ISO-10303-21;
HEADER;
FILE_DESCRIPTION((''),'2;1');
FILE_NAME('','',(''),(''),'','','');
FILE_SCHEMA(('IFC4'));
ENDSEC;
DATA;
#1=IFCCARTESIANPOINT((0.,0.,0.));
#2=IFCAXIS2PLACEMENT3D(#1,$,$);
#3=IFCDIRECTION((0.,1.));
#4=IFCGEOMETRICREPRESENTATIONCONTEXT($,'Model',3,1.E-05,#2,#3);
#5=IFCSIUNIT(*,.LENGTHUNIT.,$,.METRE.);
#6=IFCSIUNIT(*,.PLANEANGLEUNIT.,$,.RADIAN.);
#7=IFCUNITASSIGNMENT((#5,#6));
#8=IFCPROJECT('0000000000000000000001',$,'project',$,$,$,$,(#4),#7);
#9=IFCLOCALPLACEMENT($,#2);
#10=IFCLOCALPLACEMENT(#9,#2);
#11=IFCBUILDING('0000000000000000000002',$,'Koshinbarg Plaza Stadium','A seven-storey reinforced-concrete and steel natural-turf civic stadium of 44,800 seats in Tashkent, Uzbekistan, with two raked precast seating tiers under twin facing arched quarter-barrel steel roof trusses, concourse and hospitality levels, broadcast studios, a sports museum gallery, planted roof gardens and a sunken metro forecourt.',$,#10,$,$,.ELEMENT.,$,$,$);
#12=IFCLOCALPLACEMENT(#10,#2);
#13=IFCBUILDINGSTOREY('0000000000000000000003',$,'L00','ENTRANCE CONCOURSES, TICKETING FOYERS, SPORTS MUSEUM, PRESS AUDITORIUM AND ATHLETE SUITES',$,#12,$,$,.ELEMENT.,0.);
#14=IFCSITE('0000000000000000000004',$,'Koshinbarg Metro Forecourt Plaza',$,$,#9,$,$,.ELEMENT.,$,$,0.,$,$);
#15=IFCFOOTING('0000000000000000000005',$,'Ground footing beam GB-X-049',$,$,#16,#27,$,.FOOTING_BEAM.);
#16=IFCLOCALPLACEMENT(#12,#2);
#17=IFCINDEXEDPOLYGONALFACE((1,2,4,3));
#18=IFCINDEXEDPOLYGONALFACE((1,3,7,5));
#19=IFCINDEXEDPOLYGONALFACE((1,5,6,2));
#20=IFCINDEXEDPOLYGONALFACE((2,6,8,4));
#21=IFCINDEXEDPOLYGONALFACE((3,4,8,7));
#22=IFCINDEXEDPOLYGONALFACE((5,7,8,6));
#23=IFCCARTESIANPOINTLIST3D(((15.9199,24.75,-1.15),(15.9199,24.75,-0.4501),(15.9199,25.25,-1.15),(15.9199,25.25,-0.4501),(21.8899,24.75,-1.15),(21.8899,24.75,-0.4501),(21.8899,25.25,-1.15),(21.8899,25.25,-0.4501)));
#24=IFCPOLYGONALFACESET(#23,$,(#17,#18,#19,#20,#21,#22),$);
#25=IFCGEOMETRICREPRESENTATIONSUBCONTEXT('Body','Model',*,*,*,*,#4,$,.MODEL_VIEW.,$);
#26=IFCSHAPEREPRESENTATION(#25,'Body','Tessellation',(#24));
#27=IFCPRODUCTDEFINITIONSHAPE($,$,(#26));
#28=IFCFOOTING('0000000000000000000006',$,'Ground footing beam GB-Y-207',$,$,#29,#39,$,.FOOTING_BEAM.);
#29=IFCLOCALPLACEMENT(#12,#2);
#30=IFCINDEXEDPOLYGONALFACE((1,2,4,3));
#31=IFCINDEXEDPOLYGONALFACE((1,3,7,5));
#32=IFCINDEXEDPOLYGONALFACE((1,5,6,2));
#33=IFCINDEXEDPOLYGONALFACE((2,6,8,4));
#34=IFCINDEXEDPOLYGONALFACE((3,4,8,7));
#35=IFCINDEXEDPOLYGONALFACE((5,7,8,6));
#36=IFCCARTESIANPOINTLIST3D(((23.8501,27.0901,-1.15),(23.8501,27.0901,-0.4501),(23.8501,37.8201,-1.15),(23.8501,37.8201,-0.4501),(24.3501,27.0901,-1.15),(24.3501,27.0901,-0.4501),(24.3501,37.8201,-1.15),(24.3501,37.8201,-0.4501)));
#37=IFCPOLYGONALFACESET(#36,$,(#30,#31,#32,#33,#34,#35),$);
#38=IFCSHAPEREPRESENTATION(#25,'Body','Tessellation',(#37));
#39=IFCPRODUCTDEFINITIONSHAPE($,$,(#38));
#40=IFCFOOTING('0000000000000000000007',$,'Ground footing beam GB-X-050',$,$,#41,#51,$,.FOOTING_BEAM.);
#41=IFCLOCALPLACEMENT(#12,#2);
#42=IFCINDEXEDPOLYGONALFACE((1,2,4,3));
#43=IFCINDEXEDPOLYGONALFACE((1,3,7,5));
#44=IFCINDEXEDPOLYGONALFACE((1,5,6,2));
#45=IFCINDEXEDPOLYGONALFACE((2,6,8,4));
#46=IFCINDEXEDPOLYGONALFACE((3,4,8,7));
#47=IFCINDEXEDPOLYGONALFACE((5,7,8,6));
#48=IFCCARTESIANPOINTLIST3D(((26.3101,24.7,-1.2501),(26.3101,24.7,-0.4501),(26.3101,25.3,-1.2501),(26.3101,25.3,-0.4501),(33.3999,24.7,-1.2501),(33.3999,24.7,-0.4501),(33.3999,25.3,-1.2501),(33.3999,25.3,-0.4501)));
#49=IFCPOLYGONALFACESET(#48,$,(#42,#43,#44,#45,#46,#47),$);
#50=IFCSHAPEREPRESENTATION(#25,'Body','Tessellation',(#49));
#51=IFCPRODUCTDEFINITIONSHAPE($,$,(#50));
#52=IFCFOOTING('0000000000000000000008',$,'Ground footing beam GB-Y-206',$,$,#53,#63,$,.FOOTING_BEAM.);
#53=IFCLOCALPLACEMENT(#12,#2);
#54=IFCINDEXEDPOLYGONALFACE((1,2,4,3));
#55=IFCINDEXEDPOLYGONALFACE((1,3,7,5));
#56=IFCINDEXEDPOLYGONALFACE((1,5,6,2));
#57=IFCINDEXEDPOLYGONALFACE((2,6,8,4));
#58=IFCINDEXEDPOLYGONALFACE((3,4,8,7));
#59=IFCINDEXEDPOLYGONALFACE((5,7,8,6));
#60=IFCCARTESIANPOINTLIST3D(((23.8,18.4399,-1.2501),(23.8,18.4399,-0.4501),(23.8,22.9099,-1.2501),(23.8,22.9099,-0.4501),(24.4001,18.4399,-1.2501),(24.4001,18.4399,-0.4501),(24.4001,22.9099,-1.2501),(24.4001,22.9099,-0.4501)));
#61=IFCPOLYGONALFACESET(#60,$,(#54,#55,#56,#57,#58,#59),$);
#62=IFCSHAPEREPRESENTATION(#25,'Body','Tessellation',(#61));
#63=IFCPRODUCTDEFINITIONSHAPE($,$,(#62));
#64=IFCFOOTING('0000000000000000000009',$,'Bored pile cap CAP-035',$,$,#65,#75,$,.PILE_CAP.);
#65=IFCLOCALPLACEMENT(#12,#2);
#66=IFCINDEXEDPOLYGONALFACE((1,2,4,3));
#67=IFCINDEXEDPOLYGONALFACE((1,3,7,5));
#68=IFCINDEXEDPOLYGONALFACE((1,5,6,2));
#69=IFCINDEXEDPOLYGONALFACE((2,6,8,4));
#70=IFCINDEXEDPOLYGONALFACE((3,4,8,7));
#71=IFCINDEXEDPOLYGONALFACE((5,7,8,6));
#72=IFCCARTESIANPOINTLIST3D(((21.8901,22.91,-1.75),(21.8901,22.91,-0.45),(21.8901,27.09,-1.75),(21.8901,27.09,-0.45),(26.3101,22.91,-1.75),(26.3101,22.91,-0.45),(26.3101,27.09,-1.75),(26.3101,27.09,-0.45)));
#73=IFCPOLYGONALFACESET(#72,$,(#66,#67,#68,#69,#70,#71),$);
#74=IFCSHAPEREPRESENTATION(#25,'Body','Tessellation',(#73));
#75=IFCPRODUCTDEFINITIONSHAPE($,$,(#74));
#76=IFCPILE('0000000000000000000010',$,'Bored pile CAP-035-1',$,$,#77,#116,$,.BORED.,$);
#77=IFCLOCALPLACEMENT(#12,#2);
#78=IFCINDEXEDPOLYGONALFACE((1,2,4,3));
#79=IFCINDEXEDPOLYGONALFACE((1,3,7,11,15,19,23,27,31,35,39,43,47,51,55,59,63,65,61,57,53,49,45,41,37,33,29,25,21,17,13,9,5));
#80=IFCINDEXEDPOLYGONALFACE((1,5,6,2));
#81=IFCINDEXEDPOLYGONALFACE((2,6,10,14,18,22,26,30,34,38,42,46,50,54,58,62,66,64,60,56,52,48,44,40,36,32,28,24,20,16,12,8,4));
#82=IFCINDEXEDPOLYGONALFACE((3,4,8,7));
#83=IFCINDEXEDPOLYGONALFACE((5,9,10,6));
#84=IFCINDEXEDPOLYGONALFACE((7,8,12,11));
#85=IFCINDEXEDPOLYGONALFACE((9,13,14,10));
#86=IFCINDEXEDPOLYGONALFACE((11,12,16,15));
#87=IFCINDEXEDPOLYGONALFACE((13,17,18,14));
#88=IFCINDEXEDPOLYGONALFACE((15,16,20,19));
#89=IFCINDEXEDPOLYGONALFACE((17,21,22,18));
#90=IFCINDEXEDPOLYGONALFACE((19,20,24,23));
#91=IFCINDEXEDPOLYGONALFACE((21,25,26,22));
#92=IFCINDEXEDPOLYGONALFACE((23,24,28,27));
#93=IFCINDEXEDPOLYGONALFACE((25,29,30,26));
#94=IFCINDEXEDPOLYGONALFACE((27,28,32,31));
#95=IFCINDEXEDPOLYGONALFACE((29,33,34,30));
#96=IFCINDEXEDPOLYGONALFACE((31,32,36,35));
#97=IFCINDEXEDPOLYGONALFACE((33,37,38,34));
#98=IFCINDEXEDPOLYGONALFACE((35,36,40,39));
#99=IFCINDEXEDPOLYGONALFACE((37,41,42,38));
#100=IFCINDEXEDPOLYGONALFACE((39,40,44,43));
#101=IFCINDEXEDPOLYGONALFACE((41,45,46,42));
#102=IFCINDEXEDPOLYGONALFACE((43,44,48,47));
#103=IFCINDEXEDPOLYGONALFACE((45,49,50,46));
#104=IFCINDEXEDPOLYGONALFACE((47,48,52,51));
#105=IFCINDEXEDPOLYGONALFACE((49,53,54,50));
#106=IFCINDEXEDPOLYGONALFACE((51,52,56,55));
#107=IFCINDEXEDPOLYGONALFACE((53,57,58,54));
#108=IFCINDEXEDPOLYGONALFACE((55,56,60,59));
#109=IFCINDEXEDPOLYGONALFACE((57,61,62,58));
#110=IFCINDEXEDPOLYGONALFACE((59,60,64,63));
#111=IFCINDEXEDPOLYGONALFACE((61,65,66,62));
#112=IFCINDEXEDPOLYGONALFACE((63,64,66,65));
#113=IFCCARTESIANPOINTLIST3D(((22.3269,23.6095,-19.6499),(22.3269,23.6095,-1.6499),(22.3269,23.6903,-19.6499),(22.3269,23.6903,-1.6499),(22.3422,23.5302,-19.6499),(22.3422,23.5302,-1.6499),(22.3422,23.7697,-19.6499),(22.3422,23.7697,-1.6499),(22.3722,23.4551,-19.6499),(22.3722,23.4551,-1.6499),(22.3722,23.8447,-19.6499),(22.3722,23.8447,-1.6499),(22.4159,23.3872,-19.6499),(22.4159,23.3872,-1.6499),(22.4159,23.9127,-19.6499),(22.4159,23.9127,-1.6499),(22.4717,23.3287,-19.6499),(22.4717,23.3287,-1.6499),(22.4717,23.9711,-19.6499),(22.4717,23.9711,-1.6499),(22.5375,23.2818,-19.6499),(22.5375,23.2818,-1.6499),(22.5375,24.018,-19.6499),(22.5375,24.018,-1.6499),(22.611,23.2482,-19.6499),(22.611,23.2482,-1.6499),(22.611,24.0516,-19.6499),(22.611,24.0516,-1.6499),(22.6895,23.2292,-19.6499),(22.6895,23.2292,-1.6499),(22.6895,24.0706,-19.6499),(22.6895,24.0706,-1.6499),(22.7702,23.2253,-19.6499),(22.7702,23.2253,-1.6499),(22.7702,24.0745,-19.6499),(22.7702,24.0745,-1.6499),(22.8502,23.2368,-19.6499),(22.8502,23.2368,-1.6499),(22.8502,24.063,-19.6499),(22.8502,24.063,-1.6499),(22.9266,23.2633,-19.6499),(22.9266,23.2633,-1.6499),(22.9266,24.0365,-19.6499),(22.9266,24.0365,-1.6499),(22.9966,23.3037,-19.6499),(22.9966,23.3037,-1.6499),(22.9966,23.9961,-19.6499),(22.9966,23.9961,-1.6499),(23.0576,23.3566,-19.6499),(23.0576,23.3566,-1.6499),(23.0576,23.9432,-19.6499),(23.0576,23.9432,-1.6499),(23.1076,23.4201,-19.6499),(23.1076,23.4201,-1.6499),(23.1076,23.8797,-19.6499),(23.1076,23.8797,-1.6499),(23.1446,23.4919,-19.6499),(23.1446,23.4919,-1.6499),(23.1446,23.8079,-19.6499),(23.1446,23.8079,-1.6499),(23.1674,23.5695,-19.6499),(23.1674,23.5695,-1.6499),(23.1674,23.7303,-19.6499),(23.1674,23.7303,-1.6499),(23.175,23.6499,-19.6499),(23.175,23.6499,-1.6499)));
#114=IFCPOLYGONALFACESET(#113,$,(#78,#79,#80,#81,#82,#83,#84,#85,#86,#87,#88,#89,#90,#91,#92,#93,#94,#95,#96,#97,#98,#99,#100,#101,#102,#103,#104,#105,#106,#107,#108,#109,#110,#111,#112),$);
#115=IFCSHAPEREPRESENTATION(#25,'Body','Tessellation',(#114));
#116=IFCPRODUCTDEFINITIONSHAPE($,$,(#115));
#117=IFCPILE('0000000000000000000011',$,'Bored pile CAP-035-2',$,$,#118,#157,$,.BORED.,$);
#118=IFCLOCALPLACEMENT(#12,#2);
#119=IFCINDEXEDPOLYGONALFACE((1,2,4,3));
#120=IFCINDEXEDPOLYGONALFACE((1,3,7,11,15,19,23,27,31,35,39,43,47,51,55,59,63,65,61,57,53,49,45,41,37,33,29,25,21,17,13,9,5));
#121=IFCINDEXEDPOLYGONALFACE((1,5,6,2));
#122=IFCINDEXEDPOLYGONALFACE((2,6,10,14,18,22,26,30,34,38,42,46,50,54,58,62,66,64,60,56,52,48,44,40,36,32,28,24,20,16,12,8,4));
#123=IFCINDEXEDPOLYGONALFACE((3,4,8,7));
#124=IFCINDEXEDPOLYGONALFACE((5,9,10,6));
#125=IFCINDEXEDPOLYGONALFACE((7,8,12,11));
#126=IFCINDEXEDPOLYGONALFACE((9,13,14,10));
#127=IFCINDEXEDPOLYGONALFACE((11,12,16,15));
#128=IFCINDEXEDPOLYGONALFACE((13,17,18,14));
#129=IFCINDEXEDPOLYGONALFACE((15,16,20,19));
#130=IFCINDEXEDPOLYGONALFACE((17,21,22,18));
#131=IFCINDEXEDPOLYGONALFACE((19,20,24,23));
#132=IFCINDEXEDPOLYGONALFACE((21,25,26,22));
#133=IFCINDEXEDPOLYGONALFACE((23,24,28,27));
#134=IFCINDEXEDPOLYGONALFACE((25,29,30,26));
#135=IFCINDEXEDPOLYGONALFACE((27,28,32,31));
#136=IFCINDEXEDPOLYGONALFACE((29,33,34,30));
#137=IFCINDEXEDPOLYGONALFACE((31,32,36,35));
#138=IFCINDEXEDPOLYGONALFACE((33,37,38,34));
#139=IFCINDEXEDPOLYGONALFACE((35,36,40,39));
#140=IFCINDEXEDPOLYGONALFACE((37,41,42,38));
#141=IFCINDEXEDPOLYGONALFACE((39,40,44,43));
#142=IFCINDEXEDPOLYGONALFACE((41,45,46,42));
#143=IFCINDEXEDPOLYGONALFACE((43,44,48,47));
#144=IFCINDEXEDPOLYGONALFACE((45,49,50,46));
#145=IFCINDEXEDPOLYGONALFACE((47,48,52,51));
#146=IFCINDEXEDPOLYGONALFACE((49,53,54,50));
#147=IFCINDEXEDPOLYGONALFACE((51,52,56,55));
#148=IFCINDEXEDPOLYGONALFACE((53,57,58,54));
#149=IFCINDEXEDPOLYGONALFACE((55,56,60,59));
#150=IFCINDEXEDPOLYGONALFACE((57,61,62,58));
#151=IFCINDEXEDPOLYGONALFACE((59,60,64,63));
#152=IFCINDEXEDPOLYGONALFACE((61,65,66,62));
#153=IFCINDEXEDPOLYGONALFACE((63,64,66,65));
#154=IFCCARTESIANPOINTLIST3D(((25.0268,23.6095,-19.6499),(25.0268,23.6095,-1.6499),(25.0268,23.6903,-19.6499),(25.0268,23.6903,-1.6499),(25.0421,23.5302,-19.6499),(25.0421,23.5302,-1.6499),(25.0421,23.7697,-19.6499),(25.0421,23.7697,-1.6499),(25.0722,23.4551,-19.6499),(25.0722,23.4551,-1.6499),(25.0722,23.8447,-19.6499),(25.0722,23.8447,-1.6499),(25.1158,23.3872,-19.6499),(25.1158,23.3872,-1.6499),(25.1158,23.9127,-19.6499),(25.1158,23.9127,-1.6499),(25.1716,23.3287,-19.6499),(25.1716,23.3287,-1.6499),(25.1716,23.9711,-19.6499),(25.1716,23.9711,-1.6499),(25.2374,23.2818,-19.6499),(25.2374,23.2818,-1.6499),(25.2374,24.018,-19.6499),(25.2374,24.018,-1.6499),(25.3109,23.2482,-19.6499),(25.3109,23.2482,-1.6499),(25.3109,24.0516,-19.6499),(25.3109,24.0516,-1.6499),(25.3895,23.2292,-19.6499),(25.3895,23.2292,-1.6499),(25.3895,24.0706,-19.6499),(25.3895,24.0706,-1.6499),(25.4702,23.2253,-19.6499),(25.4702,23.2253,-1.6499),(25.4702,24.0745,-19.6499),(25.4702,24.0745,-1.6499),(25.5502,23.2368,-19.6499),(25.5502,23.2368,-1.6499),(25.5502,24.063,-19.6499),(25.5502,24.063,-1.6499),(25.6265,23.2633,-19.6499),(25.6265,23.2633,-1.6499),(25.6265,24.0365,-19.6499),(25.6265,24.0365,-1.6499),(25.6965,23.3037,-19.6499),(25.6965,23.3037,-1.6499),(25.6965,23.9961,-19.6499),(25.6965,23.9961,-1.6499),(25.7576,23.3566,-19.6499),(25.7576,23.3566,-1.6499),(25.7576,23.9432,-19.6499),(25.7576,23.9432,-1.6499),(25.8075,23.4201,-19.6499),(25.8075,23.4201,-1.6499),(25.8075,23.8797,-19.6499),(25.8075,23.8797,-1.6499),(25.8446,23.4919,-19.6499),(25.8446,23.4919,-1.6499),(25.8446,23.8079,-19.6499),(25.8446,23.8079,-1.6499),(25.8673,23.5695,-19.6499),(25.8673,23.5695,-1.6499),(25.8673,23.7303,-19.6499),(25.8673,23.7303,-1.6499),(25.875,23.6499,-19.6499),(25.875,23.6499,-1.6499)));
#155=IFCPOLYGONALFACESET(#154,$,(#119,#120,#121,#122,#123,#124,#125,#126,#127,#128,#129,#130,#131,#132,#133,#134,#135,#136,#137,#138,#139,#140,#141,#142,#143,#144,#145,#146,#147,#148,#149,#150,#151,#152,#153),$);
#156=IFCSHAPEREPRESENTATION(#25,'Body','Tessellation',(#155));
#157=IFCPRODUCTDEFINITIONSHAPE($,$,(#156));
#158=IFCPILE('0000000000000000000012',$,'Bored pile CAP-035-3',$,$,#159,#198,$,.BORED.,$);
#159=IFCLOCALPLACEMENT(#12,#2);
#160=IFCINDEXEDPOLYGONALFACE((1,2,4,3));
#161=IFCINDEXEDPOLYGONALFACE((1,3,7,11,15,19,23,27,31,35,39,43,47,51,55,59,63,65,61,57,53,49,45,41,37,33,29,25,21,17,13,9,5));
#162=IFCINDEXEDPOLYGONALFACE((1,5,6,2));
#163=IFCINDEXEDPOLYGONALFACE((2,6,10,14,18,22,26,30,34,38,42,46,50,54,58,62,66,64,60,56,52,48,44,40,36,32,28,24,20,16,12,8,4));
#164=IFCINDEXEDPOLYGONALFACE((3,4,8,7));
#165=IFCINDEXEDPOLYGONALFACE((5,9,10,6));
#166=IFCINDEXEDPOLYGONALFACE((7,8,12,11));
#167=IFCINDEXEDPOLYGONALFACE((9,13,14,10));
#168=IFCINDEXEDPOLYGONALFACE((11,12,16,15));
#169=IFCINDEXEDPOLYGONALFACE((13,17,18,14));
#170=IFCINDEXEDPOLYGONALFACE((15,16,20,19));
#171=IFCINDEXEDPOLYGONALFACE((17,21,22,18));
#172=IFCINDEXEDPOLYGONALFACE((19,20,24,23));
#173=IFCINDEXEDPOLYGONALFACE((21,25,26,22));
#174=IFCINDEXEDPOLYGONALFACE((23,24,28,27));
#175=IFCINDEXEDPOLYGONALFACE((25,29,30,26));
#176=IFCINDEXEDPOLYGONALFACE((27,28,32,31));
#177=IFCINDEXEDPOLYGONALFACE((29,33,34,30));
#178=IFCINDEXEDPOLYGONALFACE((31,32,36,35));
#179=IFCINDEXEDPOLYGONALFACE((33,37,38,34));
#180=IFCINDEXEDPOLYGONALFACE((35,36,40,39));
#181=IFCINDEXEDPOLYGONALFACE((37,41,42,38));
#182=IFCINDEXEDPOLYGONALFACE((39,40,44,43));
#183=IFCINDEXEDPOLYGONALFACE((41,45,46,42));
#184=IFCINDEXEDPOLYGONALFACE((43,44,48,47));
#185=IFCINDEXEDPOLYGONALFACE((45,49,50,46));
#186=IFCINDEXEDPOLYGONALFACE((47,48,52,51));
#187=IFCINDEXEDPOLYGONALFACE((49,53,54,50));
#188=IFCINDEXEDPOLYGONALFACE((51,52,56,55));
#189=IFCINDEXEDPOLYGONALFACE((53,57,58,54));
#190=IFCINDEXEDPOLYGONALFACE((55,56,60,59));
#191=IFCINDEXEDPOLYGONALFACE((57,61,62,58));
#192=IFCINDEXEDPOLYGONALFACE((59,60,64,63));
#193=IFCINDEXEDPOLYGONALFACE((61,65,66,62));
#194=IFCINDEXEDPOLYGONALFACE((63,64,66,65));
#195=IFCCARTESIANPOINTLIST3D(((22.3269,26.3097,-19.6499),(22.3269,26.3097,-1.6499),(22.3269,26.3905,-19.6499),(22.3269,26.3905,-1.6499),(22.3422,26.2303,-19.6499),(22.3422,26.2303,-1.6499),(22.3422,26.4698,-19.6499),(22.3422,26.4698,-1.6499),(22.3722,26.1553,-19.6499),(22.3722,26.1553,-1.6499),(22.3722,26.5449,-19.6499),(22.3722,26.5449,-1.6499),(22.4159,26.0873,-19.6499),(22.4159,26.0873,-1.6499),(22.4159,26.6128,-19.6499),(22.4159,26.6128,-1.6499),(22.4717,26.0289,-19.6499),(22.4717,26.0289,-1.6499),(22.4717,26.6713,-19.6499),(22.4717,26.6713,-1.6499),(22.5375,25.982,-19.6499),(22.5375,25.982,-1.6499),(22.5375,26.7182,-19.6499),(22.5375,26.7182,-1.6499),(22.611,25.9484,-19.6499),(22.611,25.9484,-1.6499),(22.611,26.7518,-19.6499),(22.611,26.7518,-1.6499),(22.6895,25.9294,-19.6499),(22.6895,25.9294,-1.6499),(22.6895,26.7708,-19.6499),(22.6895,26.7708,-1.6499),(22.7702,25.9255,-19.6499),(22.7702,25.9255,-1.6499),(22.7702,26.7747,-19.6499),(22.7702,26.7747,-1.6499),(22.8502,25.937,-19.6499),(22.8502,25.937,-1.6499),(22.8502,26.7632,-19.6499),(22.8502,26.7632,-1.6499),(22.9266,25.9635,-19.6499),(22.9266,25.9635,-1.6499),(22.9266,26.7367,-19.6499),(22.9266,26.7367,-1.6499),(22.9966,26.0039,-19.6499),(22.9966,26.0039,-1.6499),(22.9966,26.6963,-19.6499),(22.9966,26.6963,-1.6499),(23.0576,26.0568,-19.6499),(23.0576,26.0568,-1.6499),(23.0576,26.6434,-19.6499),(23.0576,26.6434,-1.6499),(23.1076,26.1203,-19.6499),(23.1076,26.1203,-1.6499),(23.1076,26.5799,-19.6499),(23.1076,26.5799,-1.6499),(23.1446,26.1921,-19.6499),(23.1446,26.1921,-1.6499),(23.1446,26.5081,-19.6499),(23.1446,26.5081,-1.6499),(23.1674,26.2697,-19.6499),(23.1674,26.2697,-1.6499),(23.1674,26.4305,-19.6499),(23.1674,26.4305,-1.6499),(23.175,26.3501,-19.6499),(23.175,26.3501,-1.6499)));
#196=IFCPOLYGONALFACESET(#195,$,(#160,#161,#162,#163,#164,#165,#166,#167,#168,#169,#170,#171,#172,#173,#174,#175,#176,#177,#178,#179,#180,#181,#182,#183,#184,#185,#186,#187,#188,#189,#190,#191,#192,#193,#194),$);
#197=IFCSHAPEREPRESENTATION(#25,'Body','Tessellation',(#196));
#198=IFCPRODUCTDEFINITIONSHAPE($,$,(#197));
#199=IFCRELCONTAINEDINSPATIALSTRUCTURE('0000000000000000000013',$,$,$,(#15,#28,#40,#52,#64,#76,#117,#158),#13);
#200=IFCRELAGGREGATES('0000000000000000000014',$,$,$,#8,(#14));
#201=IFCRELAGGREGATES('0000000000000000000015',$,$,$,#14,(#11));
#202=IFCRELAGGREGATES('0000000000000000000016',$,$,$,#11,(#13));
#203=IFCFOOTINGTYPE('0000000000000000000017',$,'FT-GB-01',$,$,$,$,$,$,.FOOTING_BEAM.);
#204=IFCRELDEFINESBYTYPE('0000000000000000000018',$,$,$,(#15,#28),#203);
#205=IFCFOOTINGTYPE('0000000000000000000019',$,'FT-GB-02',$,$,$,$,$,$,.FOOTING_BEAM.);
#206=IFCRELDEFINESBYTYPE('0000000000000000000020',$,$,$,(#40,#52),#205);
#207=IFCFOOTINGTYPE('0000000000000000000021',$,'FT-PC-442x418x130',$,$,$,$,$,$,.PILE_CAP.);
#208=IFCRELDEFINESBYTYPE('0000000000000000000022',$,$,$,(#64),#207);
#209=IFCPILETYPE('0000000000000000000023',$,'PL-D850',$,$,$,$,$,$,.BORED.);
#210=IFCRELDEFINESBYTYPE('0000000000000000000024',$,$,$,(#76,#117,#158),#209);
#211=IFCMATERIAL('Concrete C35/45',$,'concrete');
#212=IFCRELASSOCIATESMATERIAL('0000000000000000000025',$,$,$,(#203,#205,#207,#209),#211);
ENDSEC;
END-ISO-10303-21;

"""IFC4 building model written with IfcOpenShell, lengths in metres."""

from ifc_helpers import new_model, si_unit, direction, frame, origin, origin_2d, place, context, subcontext, project, spatial, rectangle, circle, extrude, material, material_profile, profile_set, type_object, element, save


model = new_model("IFC4")

# Units and contexts
model_context = context("Model", 3, precision=1e-05, world=origin(), true_north=direction((0.0, 1.0)))
body_context = subcontext(model_context, "Body", "Model", "MODEL_VIEW")
ifc_project = project(units=[si_unit("LENGTHUNIT", "METRE"), si_unit("PLANEANGLEUNIT", "RADIAN")], contexts=[model_context])

# Site, building, storey
site_placement = place(None, origin())
site = spatial("IfcSite", under=ifc_project, at=site_placement, Name="Koshinbarg Metro Forecourt Plaza", CompositionType="ELEMENT", RefElevation=0.0)
building_placement = place(site_placement, origin())
building = spatial("IfcBuilding", under=site, at=building_placement, Name="Koshinbarg Plaza Stadium", Description="A seven-storey reinforced-concrete and steel natural-turf civic stadium of 44,800 seats in Tashkent, Uzbekistan, with two raked precast seating tiers under twin facing arched quarter-barrel steel roof trusses, concourse and hospitality levels, broadcast studios, a sports museum gallery, planted roof gardens and a sunken metro forecourt.", CompositionType="ELEMENT")
storey_placement = place(building_placement, origin())
storey = spatial("IfcBuildingStorey", under=building, at=storey_placement, Name="L00", Description="ENTRANCE CONCOURSES, TICKETING FOYERS, SPORTS MUSEUM, PRESS AUDITORIUM AND ATHLETE SUITES", CompositionType="ELEMENT", Elevation=0.0)

# Footings
ifc_material_1 = material(Name="Concrete C35/45", Category="concrete")
ifc_material_profile_1 = material_profile(ifc_material_1, rectangle(XDim=0.5, YDim=0.7, at=origin_2d()), Name="GB 500x700")
ifc_profile_set_1 = profile_set([ifc_material_profile_1], Name="Concrete C35/45")
footing_type_1 = type_object("IfcFootingType", Name="FT-GB-01", PredefinedType="FOOTING_BEAM", material=ifc_profile_set_1)
footing_1_placement = place(storey_placement, frame((15.9199, 25.0, -0.8), z_axis=(1.0, 0.0, 0.0), x_axis=(0.0, 1.0, 0.0)))
element("IfcFooting", 1, at=footing_1_placement, inside=storey, type_object=footing_type_1, Name="Ground footing beam GB-X-049", PredefinedType="FOOTING_BEAM", context=body_context, shape_type="SweptSolid", body=[
    extrude(rectangle(XDim=0.5, YDim=0.7, at=origin_2d()), origin(), (0.0, 0.0, 1.0), 5.97),
])
footing_2_placement = place(storey_placement, frame((24.1001, 27.0901, -0.8), z_axis=(0.0, 1.0, 0.0), x_axis=(-1.0, 0.0, 0.0)))
element("IfcFooting", 2, at=footing_2_placement, inside=storey, type_object=footing_type_1, Name="Ground footing beam GB-Y-207", PredefinedType="FOOTING_BEAM", context=body_context, shape_type="SweptSolid", body=[
    extrude(rectangle(XDim=0.5, YDim=0.7, at=origin_2d()), origin(), (0.0, 0.0, 1.0), 10.73),
])
ifc_material_profile_2 = material_profile(ifc_material_1, rectangle(XDim=0.6001, YDim=0.8, at=origin_2d()), Name="GB 600x800")
ifc_profile_set_2 = profile_set([ifc_material_profile_2], Name="Concrete C35/45")
footing_type_2 = type_object("IfcFootingType", Name="FT-GB-02", PredefinedType="FOOTING_BEAM", material=ifc_profile_set_2)
footing_3_placement = place(storey_placement, frame((26.3101, 25.0, -0.8501), z_axis=(1.0, 0.0, 0.0), x_axis=(0.0, 1.0, 0.0)))
element("IfcFooting", 3, at=footing_3_placement, inside=storey, type_object=footing_type_2, Name="Ground footing beam GB-X-050", PredefinedType="FOOTING_BEAM", context=body_context, shape_type="SweptSolid", body=[
    extrude(rectangle(XDim=0.6001, YDim=0.8, at=origin_2d()), origin(), (0.0, 0.0, 1.0), 7.0898),
])
footing_4_placement = place(storey_placement, frame((24.1001, 18.4399, -0.8501), z_axis=(0.0, 1.0, 0.0), x_axis=(-1.0, 0.0, 0.0)))
element("IfcFooting", 4, at=footing_4_placement, inside=storey, type_object=footing_type_2, Name="Ground footing beam GB-Y-206", PredefinedType="FOOTING_BEAM", context=body_context, shape_type="SweptSolid", body=[
    extrude(rectangle(XDim=0.6001, YDim=0.8, at=origin_2d()), origin(), (0.0, 0.0, 1.0), 4.47),
])
footing_type_3 = type_object("IfcFootingType", Name="FT-PC-442x418x130", PredefinedType="PILE_CAP", material=ifc_material_1)
footing_5_placement = place(storey_placement, frame((24.1001, 25.0, -1.75), z_axis=(0.0, 0.0, 1.0), x_axis=(1.0, 0.0, 0.0)))
element("IfcFooting", 5, at=footing_5_placement, inside=storey, type_object=footing_type_3, Name="Bored pile cap CAP-035", PredefinedType="PILE_CAP", context=body_context, shape_type="SweptSolid", body=[
    extrude(rectangle(XDim=4.4199, YDim=4.1799, at=origin_2d()), origin(), (0.0, 0.0, 1.0), 1.3),
])

# Piles
ifc_material_profile_3 = material_profile(ifc_material_1, circle(Radius=0.425, at=origin_2d()), Name="PILE D850")
ifc_profile_set_3 = profile_set([ifc_material_profile_3], Name="Concrete C35/45")
pile_type_1 = type_object("IfcPileType", Name="PL-D850", PredefinedType="BORED", material=ifc_profile_set_3)
for number, where, z_axis, x_axis, name in (
    (6, (22.75, 23.6499, -1.6499), (0.0, 0.0, -1.0), (1.0, 0.0, 0.0), "Bored pile CAP-035-1"),
    (7, (25.45, 23.6499, -1.6499), (0.0, 0.0, -1.0), (1.0, 0.0, 0.0), "Bored pile CAP-035-2"),
    (8, (22.75, 26.3501, -1.6499), (0.0, 0.0, -1.0), (1.0, 0.0, 0.0), "Bored pile CAP-035-3"),
):
    element("IfcPile", number, at=place(storey_placement, frame(where, z_axis=z_axis, x_axis=x_axis)), inside=storey, type_object=pile_type_1, Name=name, PredefinedType="BORED", context=body_context, shape_type="SweptSolid", body=[
        extrude(circle(Radius=0.425, at=origin_2d()), origin(), (0.0, 0.0, 1.0), 18.0),
    ])

save(model, "model.ifc")
